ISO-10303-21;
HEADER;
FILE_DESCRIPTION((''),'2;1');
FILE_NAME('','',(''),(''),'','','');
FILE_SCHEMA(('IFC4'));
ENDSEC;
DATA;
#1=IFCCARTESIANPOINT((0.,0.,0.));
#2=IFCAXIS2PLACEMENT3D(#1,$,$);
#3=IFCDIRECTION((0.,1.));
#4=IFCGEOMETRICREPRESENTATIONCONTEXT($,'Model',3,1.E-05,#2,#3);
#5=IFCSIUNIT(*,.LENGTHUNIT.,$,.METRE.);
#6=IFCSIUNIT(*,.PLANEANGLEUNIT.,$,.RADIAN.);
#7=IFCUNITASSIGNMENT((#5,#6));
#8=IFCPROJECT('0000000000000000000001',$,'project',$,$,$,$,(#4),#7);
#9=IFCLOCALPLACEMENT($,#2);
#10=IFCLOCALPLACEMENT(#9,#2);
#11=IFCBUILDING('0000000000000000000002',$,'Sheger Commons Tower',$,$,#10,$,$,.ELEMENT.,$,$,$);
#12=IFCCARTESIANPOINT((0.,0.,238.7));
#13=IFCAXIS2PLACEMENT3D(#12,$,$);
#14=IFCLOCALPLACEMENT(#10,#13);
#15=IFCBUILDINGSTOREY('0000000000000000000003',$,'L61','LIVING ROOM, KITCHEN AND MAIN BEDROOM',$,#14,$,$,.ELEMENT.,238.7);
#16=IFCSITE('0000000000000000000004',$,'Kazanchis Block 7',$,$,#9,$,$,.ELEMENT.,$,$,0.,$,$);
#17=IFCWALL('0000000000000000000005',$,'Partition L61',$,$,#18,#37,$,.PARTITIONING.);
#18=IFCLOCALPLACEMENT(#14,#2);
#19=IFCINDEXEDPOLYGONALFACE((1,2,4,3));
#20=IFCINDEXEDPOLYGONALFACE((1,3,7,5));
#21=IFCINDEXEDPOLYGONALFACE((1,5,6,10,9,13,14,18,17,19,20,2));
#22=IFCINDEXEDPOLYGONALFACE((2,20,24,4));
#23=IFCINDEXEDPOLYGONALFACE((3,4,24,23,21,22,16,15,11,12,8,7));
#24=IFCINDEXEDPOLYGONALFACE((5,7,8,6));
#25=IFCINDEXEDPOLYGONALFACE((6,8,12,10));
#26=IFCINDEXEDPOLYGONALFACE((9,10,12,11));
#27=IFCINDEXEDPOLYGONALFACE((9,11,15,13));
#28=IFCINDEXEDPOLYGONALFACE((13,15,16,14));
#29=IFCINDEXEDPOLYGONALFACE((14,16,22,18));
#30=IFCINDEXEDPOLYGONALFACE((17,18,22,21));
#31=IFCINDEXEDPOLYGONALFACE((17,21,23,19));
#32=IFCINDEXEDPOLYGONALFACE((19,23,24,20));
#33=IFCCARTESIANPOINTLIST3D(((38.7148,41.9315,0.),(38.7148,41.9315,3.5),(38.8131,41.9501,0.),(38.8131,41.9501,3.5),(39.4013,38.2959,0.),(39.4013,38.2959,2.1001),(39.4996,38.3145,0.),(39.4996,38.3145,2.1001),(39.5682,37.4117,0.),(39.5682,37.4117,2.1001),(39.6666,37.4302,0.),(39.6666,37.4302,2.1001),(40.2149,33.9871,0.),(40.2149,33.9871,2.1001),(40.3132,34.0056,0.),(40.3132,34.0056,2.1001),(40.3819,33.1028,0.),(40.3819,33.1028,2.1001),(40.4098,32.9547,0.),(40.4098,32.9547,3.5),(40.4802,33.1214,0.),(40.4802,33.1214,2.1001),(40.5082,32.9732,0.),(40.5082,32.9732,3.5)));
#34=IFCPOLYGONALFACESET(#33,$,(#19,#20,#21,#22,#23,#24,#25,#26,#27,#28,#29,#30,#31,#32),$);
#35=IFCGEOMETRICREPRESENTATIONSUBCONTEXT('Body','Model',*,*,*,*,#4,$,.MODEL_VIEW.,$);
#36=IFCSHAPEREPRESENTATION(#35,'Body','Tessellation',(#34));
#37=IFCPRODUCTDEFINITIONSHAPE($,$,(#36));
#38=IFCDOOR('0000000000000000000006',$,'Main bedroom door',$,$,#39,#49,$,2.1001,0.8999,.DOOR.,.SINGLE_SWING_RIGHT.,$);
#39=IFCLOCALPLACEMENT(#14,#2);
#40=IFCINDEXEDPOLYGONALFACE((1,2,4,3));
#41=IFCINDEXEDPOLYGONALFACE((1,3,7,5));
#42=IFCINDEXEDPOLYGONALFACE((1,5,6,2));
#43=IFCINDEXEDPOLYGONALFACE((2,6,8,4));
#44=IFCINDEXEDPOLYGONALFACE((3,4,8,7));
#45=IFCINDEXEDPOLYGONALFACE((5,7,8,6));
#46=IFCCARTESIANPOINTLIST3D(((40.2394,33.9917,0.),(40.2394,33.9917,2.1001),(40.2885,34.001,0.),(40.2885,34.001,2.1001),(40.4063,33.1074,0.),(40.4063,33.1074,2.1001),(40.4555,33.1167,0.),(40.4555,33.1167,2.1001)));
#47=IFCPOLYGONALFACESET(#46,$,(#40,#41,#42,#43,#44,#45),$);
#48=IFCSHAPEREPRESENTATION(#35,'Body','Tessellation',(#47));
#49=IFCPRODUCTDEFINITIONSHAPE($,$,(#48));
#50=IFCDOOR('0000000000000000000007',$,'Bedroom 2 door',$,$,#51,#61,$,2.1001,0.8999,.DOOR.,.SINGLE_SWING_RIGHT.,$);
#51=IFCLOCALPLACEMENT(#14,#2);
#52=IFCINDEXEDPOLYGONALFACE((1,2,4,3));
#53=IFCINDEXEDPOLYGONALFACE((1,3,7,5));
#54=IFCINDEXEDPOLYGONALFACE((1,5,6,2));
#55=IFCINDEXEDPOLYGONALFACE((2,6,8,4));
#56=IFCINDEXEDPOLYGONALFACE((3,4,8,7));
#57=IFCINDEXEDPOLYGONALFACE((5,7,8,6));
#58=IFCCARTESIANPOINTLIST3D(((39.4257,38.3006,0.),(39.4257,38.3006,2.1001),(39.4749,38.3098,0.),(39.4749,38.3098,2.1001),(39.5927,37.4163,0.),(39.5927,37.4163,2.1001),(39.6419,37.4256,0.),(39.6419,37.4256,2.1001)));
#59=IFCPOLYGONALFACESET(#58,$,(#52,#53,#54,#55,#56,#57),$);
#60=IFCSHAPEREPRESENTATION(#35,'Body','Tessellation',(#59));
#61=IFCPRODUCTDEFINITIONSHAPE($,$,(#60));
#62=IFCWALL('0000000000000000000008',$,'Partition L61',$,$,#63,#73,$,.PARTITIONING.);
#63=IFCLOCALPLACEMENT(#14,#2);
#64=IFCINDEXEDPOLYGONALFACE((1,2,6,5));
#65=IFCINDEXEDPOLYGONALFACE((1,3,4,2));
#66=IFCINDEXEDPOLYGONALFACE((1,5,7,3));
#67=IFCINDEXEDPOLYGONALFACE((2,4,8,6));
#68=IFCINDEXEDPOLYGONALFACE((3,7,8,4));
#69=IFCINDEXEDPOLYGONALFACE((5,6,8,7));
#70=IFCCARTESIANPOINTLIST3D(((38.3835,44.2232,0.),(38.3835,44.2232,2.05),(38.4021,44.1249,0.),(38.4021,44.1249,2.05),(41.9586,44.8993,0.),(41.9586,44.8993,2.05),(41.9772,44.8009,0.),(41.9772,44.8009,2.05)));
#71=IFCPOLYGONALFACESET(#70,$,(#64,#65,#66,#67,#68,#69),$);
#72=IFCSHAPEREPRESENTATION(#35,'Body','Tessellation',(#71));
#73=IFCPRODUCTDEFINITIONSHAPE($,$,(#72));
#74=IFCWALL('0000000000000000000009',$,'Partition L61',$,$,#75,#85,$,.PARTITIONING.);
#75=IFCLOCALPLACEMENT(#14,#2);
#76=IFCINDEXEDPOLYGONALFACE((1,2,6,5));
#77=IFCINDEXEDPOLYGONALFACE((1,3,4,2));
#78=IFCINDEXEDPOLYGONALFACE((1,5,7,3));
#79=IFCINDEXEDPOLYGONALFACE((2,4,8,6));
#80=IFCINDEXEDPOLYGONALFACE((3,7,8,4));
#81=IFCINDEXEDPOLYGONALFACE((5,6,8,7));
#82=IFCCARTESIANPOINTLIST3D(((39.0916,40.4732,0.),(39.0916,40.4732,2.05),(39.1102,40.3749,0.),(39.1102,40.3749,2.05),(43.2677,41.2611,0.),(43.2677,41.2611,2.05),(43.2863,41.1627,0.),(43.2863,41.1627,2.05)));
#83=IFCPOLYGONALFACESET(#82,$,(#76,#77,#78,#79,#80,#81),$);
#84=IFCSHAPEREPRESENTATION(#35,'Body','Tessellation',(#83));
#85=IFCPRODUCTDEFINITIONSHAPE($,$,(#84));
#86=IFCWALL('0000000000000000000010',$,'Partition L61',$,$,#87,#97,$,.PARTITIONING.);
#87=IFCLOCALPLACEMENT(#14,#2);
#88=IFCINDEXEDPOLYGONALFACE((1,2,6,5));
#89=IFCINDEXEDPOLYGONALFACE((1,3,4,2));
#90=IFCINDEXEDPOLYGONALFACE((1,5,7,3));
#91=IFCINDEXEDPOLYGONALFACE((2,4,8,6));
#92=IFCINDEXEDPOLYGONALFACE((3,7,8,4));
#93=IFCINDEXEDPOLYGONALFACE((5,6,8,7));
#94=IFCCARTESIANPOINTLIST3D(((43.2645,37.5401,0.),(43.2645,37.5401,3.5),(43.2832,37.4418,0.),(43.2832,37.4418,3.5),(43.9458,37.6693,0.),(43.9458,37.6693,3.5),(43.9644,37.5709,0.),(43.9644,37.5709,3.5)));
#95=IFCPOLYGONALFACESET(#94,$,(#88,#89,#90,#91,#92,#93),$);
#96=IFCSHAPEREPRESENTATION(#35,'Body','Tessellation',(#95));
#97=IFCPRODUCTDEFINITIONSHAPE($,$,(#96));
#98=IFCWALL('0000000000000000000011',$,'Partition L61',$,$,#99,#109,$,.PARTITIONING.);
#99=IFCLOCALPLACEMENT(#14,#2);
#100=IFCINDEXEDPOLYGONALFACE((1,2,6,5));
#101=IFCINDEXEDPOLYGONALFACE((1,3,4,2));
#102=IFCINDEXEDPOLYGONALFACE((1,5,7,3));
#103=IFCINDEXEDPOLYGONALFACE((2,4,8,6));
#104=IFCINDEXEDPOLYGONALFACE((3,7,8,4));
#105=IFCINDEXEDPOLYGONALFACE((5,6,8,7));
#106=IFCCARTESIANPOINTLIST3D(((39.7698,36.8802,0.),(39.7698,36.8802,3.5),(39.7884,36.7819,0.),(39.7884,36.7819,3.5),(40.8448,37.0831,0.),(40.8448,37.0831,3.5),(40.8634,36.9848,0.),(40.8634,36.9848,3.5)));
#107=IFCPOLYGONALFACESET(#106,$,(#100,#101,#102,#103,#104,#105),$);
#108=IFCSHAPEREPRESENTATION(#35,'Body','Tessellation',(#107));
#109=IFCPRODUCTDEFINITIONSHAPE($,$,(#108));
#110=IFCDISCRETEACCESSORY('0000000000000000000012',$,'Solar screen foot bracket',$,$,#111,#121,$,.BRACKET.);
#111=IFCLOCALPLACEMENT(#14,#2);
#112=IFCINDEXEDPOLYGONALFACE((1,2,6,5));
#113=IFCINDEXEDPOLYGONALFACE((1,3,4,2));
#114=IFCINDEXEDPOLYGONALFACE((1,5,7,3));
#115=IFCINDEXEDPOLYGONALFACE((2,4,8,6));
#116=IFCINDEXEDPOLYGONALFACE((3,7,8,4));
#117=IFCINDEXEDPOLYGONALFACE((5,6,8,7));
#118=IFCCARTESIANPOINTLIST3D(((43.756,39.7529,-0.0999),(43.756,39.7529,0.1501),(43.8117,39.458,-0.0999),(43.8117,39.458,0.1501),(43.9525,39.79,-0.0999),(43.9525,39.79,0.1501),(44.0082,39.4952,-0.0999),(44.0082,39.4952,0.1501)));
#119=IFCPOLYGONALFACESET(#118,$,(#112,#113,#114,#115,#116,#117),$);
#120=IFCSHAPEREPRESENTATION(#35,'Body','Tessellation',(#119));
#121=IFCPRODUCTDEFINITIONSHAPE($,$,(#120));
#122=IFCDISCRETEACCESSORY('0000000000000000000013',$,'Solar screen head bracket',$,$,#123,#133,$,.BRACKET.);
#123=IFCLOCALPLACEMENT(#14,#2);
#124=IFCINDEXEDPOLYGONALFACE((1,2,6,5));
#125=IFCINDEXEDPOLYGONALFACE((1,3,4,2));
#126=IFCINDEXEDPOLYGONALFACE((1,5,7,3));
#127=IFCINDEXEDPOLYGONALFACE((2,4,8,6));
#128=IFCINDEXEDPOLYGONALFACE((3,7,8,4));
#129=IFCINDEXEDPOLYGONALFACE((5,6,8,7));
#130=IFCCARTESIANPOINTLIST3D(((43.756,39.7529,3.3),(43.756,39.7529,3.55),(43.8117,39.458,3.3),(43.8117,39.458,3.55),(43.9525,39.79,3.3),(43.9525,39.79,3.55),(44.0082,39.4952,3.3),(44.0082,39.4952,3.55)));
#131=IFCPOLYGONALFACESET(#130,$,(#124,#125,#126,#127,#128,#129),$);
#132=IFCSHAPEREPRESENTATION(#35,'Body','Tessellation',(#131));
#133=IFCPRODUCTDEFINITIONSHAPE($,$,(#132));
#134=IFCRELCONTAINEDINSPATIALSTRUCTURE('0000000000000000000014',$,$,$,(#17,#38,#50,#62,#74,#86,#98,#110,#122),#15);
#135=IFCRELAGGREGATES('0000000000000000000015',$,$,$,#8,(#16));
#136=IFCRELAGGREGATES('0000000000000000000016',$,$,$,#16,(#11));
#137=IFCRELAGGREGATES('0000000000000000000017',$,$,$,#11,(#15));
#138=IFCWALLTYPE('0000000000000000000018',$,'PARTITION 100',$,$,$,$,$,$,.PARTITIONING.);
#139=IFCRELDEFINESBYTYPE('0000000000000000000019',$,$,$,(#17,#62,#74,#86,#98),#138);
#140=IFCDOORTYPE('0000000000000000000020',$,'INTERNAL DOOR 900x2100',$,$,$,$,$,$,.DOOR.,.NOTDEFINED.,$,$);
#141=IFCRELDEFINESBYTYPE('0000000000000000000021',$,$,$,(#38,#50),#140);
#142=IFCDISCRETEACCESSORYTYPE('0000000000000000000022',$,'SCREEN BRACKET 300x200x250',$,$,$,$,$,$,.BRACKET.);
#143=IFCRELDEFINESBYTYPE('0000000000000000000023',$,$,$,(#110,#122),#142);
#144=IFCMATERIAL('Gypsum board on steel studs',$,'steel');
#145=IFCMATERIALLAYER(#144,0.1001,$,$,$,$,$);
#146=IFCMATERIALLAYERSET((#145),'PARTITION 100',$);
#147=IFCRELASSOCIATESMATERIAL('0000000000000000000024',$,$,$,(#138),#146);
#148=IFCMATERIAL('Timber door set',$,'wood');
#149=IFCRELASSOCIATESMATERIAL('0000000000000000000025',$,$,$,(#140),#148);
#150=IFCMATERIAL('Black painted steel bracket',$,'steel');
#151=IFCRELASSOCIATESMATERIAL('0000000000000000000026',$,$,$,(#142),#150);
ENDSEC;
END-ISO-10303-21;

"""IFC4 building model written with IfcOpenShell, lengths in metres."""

from ifc_helpers import new_model, si_unit, direction, frame, frame_2d, origin, origin_2d, place, context, subcontext, project, spatial, rectangle, extrude, material, layer, layer_set, type_object, element, fill, save


model = new_model("IFC4")

# Units and contexts
model_context = context("Model", 3, precision=1e-05, world=origin(), true_north=direction((0.0, 1.0)))
body_context = subcontext(model_context, "Body", "Model", "MODEL_VIEW")
ifc_project = project(units=[si_unit("LENGTHUNIT", "METRE"), si_unit("PLANEANGLEUNIT", "RADIAN")], contexts=[model_context])

# Site, building, storey
site_placement = place(None, origin())
site = spatial("IfcSite", under=ifc_project, at=site_placement, Name="Kazanchis Block 7", CompositionType="ELEMENT", RefElevation=0.0)
building_placement = place(site_placement, origin())
building = spatial("IfcBuilding", under=site, at=building_placement, Name="Sheger Commons Tower", CompositionType="ELEMENT")
storey_placement = place(building_placement, frame((0.0, 0.0, 238.7)))
storey = spatial("IfcBuildingStorey", under=building, at=storey_placement, Name="L61", Description="LIVING ROOM, KITCHEN AND MAIN BEDROOM", CompositionType="ELEMENT", Elevation=238.7)

# Shared definitions
ifc_material_1 = material(Name="Gypsum board on steel studs", Category="steel")
ifc_layer_1 = layer(ifc_material_1, 0.1001)
ifc_layer_set_1 = layer_set([ifc_layer_1], Name="PARTITION 100")
wall_type_1 = type_object("IfcWallType", Name="PARTITION 100", PredefinedType="PARTITIONING", material=ifc_layer_set_1)

# Wall, openings, doors
wall_1_placement = place(storey_placement, frame((38.7639, 41.9409, 0.0), z_axis=(0.0, 0.0, 1.0), x_axis=(0.185549, -0.982635, 0.0)))
wall_1 = element("IfcWall", 1, at=wall_1_placement, inside=storey, type_object=wall_type_1, Name="Partition L61", PredefinedType="PARTITIONING", context=body_context, shape_type="SweptSolid", body=[
    extrude(rectangle(XDim=9.1355, YDim=0.1001, at=frame_2d((4.5679, 0.0))), origin(), (0.0, 0.0, 1.0), 3.5),
])
opening_1_placement = place(wall_1_placement, frame((8.085, 0.0, 0.0)))
opening_1 = element("IfcOpeningElement", 2, at=opening_1_placement, cuts=wall_1, PredefinedType="OPENING", context=body_context, shape_type="SweptSolid", body=[
    extrude(rectangle(XDim=0.8999, YDim=2.1001, at=frame_2d((0.45, 1.05))), frame((0.0, 0.0601, 0.0), z_axis=(0.0, -1.0, 0.0), x_axis=(1.0, 0.0, 0.0)), (0.0, 0.0, 1.0), 0.1201),
])
opening_2_placement = place(wall_1_placement, frame((3.7, 0.0, 0.0)))
opening_2 = element("IfcOpeningElement", 3, at=opening_2_placement, cuts=wall_1, PredefinedType="OPENING", context=body_context, shape_type="SweptSolid", body=[
    extrude(rectangle(XDim=0.8999, YDim=2.1001, at=frame_2d((0.45, 1.05))), frame((0.0, 0.0601, 0.0), z_axis=(0.0, -1.0, 0.0), x_axis=(1.0, 0.0, 0.0)), (0.0, 0.0, 1.0), 0.1201),
])
ifc_material_2 = material(Name="Timber door set", Category="wood")
door_type = type_object("IfcDoorType", Name="INTERNAL DOOR 900x2100", OperationType="NOTDEFINED", PredefinedType="DOOR", material=ifc_material_2)
door_1_placement = place(opening_1_placement, origin())
door_1 = element("IfcDoor", 4, at=door_1_placement, inside=storey, type_object=door_type, Name="Main bedroom door", OperationType="SINGLE_SWING_RIGHT", OverallHeight=2.1001, OverallWidth=0.8999, PredefinedType="DOOR", context=body_context, shape_type="SweptSolid", body=[
    extrude(rectangle(XDim=0.8999, YDim=2.1001, at=frame_2d((0.45, 1.05))), frame((0.0, 0.0249, 0.0), z_axis=(0.0, -1.0, 0.0), x_axis=(1.0, 0.0, 0.0)), (0.0, 0.0, 1.0), 0.05),
])
fill(opening_1, door_1)
door_2_placement = place(opening_2_placement, origin())
door_2 = element("IfcDoor", 5, at=door_2_placement, inside=storey, type_object=door_type, Name="Bedroom 2 door", OperationType="SINGLE_SWING_RIGHT", OverallHeight=2.1001, OverallWidth=0.8999, PredefinedType="DOOR", context=body_context, shape_type="SweptSolid", body=[
    extrude(rectangle(XDim=0.8999, YDim=2.1001, at=frame_2d((0.45, 1.05))), frame((0.0, 0.0249, 0.0), z_axis=(0.0, -1.0, 0.0), x_axis=(1.0, 0.0, 0.0)), (0.0, 0.0, 1.0), 0.05),
])
fill(opening_2, door_2)

# Walls
wall_2_placement = place(storey_placement, frame((41.968, 44.8501, 0.0), z_axis=(0.0, 0.0, 1.0), x_axis=(-0.982586, -0.185808, 0.0)))
element("IfcWall", 6, at=wall_2_placement, inside=storey, type_object=wall_type_1, Name="Partition L61", PredefinedType="PARTITIONING", context=body_context, shape_type="SweptSolid", body=[
    extrude(rectangle(XDim=3.6384, YDim=0.1001, at=frame_2d((1.8193, 0.0))), origin(), (0.0, 0.0, 1.0), 2.05),
])
wall_3_placement = place(storey_placement, frame((43.2771, 41.2119, 0.0), z_axis=(0.0, 0.0, 1.0), x_axis=(-0.982665, -0.185388, 0.0)))
element("IfcWall", 7, at=wall_3_placement, inside=storey, type_object=wall_type_1, Name="Partition L61", PredefinedType="PARTITIONING", context=body_context, shape_type="SweptSolid", body=[
    extrude(rectangle(XDim=4.2498, YDim=0.1001, at=frame_2d((2.125, 0.0))), origin(), (0.0, 0.0, 1.0), 2.05),
])
wall_4_placement = place(storey_placement, frame((43.9551, 37.6201, 0.0), z_axis=(0.0, 0.0, 1.0), x_axis=(-0.982495, -0.186287, 0.0)))
element("IfcWall", 8, at=wall_4_placement, inside=storey, type_object=wall_type_1, Name="Partition L61", PredefinedType="PARTITIONING", context=body_context, shape_type="SweptSolid", body=[
    extrude(rectangle(XDim=0.6934, YDim=0.1001, at=frame_2d((0.3467, 0.0))), origin(), (0.0, 0.0, 1.0), 3.5),
])
wall_5_placement = place(storey_placement, frame((40.854, 37.0339, 0.0), z_axis=(0.0, 0.0, 1.0), x_axis=(-0.982652, -0.185461, 0.0)))
element("IfcWall", 9, at=wall_5_placement, inside=storey, type_object=wall_type_1, Name="Partition L61", PredefinedType="PARTITIONING", context=body_context, shape_type="SweptSolid", body=[
    extrude(rectangle(XDim=1.094, YDim=0.1001, at=frame_2d((0.5469, 0.0))), origin(), (0.0, 0.0, 1.0), 3.5),
])

# Discrete accessories
ifc_material_3 = material(Name="Black painted steel bracket", Category="steel")
discrete_accessory_type = type_object("IfcDiscreteAccessoryType", Name="SCREEN BRACKET 300x200x250", PredefinedType="BRACKET", material=ifc_material_3)
for number, where, z_axis, x_axis, name in (
    (10, (43.8821, 39.624, -0.0999), (0.0, 0.0, 1.0), (-0.185615, 0.982623, 0.0), "Solar screen foot bracket"),
    (11, (43.8821, 39.624, 3.3), (0.0, 0.0, 1.0), (-0.185615, 0.982623, 0.0), "Solar screen head bracket"),
):
    element("IfcDiscreteAccessory", number, at=place(storey_placement, frame(where, z_axis=z_axis, x_axis=x_axis)), inside=storey, type_object=discrete_accessory_type, Name=name, PredefinedType="BRACKET", context=body_context, shape_type="SweptSolid", body=[
        extrude(rectangle(XDim=0.3, YDim=0.2, at=origin_2d()), origin(), (0.0, 0.0, 1.0), 0.25),
    ])

save(model, "model.ifc")
